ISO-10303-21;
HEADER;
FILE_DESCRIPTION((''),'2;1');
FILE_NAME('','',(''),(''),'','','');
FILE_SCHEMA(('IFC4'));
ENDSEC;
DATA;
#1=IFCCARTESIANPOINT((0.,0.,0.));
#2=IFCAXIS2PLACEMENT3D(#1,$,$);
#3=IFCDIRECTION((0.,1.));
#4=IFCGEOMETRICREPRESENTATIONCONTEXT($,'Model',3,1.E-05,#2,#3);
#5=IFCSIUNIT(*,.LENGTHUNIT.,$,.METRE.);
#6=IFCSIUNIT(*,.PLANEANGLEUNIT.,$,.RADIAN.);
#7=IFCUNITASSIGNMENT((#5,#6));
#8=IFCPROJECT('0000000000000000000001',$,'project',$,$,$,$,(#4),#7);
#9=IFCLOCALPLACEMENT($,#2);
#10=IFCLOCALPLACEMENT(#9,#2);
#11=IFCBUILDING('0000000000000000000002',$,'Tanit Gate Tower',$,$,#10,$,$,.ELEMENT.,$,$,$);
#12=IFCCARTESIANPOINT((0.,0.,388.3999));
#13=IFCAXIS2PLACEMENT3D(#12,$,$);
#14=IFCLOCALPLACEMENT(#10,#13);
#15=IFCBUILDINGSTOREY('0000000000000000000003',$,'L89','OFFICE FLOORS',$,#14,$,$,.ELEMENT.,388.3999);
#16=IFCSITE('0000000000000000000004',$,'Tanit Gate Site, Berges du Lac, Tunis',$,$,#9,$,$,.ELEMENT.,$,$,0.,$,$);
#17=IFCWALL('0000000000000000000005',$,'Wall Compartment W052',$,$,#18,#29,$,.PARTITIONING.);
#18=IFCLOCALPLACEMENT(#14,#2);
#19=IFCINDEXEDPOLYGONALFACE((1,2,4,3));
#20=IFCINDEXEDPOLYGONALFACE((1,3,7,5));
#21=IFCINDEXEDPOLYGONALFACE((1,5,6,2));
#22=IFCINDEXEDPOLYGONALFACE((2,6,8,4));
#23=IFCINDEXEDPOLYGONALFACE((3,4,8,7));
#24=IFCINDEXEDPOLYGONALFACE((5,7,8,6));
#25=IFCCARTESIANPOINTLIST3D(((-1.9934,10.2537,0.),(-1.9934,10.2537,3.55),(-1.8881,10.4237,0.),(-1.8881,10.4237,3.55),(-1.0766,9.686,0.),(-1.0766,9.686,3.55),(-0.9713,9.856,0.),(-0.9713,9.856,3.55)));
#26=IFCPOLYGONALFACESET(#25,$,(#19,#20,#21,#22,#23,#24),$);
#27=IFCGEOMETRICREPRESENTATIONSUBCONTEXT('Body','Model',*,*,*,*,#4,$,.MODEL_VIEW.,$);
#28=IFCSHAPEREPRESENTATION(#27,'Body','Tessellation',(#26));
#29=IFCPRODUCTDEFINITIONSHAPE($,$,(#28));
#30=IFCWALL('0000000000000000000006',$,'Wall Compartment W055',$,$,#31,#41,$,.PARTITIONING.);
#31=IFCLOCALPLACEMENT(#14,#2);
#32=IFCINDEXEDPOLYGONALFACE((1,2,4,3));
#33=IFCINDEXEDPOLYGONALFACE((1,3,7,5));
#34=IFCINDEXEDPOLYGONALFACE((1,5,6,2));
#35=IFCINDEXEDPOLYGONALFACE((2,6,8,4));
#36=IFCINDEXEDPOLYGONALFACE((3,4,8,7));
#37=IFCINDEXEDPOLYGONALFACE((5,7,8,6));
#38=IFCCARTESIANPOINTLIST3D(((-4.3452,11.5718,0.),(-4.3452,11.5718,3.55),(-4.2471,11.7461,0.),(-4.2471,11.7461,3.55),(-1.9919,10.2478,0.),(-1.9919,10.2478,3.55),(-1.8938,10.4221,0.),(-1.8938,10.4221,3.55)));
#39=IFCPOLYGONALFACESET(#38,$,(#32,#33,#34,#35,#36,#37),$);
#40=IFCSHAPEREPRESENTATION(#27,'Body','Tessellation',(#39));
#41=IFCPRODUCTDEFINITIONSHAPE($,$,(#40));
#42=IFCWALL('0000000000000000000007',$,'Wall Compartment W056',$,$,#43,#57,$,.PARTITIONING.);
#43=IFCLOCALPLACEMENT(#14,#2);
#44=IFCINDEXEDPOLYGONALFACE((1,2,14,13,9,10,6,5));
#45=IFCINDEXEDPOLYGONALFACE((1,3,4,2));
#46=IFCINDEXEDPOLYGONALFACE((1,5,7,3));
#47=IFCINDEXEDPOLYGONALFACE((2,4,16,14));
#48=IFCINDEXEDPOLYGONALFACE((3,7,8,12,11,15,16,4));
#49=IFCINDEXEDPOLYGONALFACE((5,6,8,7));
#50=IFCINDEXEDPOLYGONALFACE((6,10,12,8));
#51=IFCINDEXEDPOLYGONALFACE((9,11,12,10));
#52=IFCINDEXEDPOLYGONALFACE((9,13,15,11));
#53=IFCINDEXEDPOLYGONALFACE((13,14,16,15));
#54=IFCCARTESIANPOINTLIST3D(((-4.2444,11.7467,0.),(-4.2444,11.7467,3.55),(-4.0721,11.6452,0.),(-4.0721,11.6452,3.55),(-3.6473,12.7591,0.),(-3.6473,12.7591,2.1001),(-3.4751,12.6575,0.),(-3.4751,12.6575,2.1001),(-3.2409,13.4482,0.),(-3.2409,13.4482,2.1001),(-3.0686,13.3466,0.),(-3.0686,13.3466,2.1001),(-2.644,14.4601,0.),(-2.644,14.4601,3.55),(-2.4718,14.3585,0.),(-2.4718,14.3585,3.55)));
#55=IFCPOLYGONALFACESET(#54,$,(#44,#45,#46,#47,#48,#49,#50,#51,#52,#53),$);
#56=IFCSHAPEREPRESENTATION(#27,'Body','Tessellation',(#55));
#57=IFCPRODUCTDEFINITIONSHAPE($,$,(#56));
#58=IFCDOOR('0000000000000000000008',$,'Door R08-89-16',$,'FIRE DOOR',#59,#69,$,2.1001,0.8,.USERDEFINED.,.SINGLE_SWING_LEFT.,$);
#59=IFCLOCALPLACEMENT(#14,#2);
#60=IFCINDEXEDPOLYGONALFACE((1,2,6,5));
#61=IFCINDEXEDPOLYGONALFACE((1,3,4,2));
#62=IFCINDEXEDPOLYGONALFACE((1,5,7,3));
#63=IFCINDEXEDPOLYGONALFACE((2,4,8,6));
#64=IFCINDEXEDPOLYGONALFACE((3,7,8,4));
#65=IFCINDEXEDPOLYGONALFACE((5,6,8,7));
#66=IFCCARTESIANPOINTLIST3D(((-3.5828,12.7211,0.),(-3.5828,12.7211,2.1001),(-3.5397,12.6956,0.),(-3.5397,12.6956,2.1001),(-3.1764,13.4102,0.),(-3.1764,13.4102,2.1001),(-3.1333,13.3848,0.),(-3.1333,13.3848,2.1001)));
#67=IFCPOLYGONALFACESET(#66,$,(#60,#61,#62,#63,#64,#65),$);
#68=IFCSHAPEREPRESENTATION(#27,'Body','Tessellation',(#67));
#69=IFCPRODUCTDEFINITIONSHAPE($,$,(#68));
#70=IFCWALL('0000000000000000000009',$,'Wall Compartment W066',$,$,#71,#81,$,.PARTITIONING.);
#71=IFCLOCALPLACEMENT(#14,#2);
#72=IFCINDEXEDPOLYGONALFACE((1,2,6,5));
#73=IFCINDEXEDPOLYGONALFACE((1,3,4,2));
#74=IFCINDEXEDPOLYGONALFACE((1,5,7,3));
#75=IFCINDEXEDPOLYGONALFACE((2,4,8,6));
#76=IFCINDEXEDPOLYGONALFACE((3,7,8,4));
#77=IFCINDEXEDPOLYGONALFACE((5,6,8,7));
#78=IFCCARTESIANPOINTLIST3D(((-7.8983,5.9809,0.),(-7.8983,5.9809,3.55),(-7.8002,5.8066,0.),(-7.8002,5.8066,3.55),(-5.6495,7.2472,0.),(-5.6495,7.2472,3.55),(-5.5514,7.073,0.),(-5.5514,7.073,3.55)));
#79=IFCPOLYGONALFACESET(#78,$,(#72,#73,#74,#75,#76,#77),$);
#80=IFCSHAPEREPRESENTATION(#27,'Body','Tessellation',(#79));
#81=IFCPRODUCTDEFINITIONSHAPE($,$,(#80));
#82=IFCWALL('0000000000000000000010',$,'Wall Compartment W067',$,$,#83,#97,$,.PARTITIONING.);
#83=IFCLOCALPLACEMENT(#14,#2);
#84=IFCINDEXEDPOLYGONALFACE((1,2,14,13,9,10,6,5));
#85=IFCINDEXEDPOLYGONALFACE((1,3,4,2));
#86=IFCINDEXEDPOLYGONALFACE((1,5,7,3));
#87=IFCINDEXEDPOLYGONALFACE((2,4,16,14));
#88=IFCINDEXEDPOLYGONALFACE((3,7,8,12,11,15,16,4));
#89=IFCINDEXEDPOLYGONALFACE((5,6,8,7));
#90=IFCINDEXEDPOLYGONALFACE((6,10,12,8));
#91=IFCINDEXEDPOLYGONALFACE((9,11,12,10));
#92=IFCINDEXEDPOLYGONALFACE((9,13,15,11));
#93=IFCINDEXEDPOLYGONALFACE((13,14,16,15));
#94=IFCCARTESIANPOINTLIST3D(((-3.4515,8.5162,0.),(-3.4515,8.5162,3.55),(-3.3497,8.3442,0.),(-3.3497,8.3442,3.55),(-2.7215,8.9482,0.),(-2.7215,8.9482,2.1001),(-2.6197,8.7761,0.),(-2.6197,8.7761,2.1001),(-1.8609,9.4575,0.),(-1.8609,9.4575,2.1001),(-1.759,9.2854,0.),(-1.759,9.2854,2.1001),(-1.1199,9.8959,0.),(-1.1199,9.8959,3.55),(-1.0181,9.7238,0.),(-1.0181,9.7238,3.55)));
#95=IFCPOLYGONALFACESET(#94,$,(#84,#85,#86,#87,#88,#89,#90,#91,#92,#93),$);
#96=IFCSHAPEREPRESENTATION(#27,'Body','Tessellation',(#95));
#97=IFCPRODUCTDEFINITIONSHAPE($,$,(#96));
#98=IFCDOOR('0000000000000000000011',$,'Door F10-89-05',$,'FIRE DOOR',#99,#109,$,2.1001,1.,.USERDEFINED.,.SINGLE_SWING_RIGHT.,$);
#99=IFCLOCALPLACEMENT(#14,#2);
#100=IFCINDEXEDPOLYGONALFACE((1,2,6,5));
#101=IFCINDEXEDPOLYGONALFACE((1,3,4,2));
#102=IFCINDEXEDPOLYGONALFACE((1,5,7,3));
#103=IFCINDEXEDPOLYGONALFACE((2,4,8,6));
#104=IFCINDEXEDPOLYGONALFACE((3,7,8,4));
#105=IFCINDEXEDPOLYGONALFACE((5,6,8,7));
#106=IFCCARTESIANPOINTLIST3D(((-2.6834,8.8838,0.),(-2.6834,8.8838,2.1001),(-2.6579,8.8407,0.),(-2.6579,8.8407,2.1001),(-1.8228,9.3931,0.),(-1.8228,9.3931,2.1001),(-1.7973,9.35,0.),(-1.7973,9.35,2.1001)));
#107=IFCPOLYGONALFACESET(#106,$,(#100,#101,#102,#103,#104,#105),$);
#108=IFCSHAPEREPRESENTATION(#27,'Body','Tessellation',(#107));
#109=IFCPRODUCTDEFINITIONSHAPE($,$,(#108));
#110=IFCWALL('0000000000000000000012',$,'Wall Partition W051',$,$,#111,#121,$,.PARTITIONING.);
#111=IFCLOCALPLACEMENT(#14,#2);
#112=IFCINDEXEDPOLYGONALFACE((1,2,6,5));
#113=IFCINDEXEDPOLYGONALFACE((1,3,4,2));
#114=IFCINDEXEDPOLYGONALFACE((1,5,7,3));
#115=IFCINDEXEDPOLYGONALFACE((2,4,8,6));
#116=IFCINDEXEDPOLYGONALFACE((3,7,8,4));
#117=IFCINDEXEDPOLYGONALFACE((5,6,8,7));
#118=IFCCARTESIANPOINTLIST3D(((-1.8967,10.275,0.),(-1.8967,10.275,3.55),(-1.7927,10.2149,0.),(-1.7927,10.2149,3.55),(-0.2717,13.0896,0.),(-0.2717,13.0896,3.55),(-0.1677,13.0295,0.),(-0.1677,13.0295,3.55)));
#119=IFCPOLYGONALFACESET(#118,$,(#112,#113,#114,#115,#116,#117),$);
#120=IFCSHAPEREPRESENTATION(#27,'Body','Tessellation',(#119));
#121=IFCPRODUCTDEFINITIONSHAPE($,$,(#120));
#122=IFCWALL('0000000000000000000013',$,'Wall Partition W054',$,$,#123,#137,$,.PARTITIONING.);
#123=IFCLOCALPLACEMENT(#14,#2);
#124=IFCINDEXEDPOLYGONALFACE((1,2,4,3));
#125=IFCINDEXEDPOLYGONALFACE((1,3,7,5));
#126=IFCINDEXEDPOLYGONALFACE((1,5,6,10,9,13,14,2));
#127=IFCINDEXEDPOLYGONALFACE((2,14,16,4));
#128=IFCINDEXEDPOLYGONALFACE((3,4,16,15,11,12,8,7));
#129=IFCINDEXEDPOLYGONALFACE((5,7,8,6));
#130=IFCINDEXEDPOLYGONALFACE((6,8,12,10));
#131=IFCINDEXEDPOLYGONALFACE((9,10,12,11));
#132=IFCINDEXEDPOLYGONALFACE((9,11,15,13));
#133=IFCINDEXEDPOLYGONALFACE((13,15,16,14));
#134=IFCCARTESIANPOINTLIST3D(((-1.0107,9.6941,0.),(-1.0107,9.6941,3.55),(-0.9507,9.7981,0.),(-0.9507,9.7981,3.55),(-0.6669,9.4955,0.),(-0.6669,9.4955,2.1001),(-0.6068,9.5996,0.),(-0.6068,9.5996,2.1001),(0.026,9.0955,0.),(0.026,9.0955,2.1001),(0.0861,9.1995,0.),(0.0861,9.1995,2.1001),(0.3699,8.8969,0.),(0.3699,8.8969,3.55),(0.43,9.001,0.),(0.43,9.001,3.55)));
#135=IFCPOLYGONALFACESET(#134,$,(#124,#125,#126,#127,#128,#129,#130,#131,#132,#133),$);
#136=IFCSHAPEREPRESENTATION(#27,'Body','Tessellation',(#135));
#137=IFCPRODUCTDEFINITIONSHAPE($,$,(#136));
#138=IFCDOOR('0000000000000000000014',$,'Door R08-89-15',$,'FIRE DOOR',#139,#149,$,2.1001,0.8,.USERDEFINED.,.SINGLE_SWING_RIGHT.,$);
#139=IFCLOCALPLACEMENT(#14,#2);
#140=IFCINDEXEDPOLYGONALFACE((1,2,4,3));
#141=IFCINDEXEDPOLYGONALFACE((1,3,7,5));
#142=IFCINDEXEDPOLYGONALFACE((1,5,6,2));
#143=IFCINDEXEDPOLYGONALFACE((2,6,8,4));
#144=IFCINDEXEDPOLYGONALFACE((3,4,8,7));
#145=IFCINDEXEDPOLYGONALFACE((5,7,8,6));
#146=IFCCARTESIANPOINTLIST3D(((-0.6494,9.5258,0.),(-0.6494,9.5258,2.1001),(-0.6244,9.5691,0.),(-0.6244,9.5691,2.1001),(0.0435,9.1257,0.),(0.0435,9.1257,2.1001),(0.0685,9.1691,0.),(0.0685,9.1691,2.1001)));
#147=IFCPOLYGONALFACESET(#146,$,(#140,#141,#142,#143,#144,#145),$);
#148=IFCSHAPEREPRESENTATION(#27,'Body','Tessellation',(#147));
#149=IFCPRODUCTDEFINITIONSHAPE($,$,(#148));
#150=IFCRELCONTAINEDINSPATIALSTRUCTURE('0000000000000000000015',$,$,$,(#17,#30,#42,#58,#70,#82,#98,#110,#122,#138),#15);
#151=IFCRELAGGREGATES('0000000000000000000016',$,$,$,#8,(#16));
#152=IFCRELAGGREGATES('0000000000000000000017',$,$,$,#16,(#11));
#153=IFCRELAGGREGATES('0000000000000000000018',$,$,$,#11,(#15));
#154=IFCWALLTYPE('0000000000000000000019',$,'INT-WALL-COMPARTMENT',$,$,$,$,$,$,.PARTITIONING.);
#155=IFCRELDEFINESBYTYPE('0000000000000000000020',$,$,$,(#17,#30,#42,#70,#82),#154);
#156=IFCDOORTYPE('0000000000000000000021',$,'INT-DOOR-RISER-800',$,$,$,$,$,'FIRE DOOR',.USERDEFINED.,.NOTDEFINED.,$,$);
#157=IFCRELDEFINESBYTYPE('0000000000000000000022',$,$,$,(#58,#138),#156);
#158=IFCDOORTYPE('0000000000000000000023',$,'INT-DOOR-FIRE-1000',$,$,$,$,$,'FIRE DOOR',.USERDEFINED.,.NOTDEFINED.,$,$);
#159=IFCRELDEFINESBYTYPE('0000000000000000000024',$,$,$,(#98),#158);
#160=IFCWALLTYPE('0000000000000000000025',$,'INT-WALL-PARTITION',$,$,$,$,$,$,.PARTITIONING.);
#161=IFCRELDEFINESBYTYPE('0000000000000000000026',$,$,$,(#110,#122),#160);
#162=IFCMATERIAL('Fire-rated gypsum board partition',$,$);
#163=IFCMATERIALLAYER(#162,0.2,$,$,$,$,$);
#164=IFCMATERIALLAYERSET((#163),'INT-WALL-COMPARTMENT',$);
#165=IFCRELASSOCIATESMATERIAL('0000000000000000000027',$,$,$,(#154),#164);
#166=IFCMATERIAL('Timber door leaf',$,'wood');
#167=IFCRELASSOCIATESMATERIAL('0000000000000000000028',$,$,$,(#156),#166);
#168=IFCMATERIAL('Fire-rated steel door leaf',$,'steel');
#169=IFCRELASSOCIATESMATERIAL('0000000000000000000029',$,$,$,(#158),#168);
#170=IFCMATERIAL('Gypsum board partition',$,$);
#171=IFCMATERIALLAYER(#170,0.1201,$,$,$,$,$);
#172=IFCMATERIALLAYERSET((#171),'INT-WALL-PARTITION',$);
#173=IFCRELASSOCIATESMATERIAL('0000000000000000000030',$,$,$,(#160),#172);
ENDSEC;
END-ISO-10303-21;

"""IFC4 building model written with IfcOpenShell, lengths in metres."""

from ifc_helpers import new_model, si_unit, direction, frame, frame_2d, origin, place, context, subcontext, project, spatial, rectangle, extrude, material, layer, layer_set, type_object, element, fill, save


model = new_model("IFC4")

# Units and contexts
model_context = context("Model", 3, precision=1e-05, world=origin(), true_north=direction((0.0, 1.0)))
body_context = subcontext(model_context, "Body", "Model", "MODEL_VIEW")
ifc_project = project(units=[si_unit("LENGTHUNIT", "METRE"), si_unit("PLANEANGLEUNIT", "RADIAN")], contexts=[model_context])

# Site, building, storey
site_placement = place(None, origin())
site = spatial("IfcSite", under=ifc_project, at=site_placement, Name="Tanit Gate Site, Berges du Lac, Tunis", CompositionType="ELEMENT", RefElevation=0.0)
building_placement = place(site_placement, origin())
building = spatial("IfcBuilding", under=site, at=building_placement, Name="Tanit Gate Tower", CompositionType="ELEMENT")
storey_placement = place(building_placement, frame((0.0, 0.0, 388.3999)))
storey = spatial("IfcBuildingStorey", under=building, at=storey_placement, Name="L89", Description="OFFICE FLOORS", CompositionType="ELEMENT", Elevation=388.3999)

# Walls
ifc_material_1 = material(Name="Fire-rated gypsum board partition")
ifc_layer_1 = layer(ifc_material_1, 0.2)
ifc_layer_set_1 = layer_set([ifc_layer_1], Name="INT-WALL-COMPARTMENT")
wall_type_1 = type_object("IfcWallType", Name="INT-WALL-COMPARTMENT", PredefinedType="PARTITIONING", material=ifc_layer_set_1)
wall_1_placement = place(storey_placement, frame((-1.9407, 10.3386, 0.0), z_axis=(0.0, 0.0, 1.0), x_axis=(0.850217, -0.526433, 0.0)))
element("IfcWall", 1, at=wall_1_placement, inside=storey, type_object=wall_type_1, Name="Wall Compartment W052", PredefinedType="PARTITIONING", context=body_context, shape_type="SweptSolid", body=[
    extrude(rectangle(XDim=1.0784, YDim=0.2, at=frame_2d((0.5391, 0.0))), origin(), (0.0, 0.0, 1.0), 3.55),
])
wall_2_placement = place(storey_placement, frame((-4.2961, 11.6589, 0.0), z_axis=(0.0, 0.0, 1.0), x_axis=(0.871534, -0.490334, 0.0)))
element("IfcWall", 2, at=wall_2_placement, inside=storey, type_object=wall_type_1, Name="Wall Compartment W055", PredefinedType="PARTITIONING", context=body_context, shape_type="SweptSolid", body=[
    extrude(rectangle(XDim=2.7002, YDim=0.2, at=frame_2d((1.3501, 0.0))), origin(), (0.0, 0.0, 1.0), 3.55),
])

# Wall, opening, door
wall_3_placement = place(storey_placement, frame((-2.5579, 14.4094, 0.0), z_axis=(0.0, 0.0, 1.0), x_axis=(-0.508019, -0.861346, 0.0)))
wall_3 = element("IfcWall", 3, at=wall_3_placement, inside=storey, type_object=wall_type_1, Name="Wall Compartment W056", PredefinedType="PARTITIONING", context=body_context, shape_type="SweptSolid", body=[
    extrude(rectangle(XDim=3.1501, YDim=0.2, at=frame_2d((1.5752, 0.0))), origin(), (0.0, 0.0, 1.0), 3.55),
])
opening_1_placement = place(wall_3_placement, frame((1.175, 0.0, 0.0)))
opening_1 = element("IfcOpeningElement", 4, at=opening_1_placement, cuts=wall_3, PredefinedType="OPENING", context=body_context, shape_type="SweptSolid", body=[
    extrude(rectangle(XDim=0.8, YDim=2.1001, at=frame_2d((0.3999, 1.05))), frame((0.0, 0.1099, 0.0), z_axis=(0.0, -1.0, 0.0), x_axis=(1.0, 0.0, 0.0)), (0.0, 0.0, 1.0), 0.22),
])
ifc_material_2 = material(Name="Timber door leaf", Category="wood")
door_type_1 = type_object("IfcDoorType", Name="INT-DOOR-RISER-800", ElementType="FIRE DOOR", OperationType="NOTDEFINED", PredefinedType="USERDEFINED", material=ifc_material_2)
door_1_placement = place(opening_1_placement, origin())
door_1 = element("IfcDoor", 5, at=door_1_placement, inside=storey, type_object=door_type_1, Name="Door R08-89-16", ObjectType="FIRE DOOR", OperationType="SINGLE_SWING_LEFT", OverallHeight=2.1001, OverallWidth=0.8, PredefinedType="USERDEFINED", context=body_context, shape_type="SweptSolid", body=[
    extrude(rectangle(XDim=0.8, YDim=2.1001, at=frame_2d((0.3999, 1.05))), frame((0.0, 0.0249, 0.0), z_axis=(0.0, -1.0, 0.0), x_axis=(1.0, 0.0, 0.0)), (0.0, 0.0, 1.0), 0.05),
])
fill(opening_1, door_1)

# Wall
wall_4_placement = place(storey_placement, frame((-5.6003, 7.1602, 0.0), z_axis=(0.0, 0.0, 1.0), x_axis=(-0.87134, -0.490679, 0.0)))
element("IfcWall", 6, at=wall_4_placement, inside=storey, type_object=wall_type_1, Name="Wall Compartment W066", PredefinedType="PARTITIONING", context=body_context, shape_type="SweptSolid", body=[
    extrude(rectangle(XDim=2.5808, YDim=0.2, at=frame_2d((1.2905, 0.0))), origin(), (0.0, 0.0, 1.0), 3.55),
])

# Wall, opening, door
wall_5_placement = place(storey_placement, frame((-1.0691, 9.8098, 0.0), z_axis=(0.0, 0.0, 1.0), x_axis=(-0.860618, -0.509251, 0.0)))
wall_5 = element("IfcWall", 7, at=wall_5_placement, inside=storey, type_object=wall_type_1, Name="Wall Compartment W067", PredefinedType="PARTITIONING", context=body_context, shape_type="SweptSolid", body=[
    extrude(rectangle(XDim=2.7092, YDim=0.2, at=frame_2d((1.3545, 0.0))), origin(), (0.0, 0.0, 1.0), 3.55),
])
opening_2_placement = place(wall_5_placement, frame((0.8608, 0.0, 0.0)))
opening_2 = element("IfcOpeningElement", 8, at=opening_2_placement, cuts=wall_5, PredefinedType="OPENING", context=body_context, shape_type="SweptSolid", body=[
    extrude(rectangle(XDim=1.0, YDim=2.1001, at=frame_2d((0.5, 1.05))), frame((0.0, 0.1099, 0.0), z_axis=(0.0, -1.0, 0.0), x_axis=(1.0, 0.0, 0.0)), (0.0, 0.0, 1.0), 0.22),
])
ifc_material_3 = material(Name="Fire-rated steel door leaf", Category="steel")
door_type_2 = type_object("IfcDoorType", Name="INT-DOOR-FIRE-1000", ElementType="FIRE DOOR", OperationType="NOTDEFINED", PredefinedType="USERDEFINED", material=ifc_material_3)
door_2_placement = place(opening_2_placement, origin())
door_2 = element("IfcDoor", 9, at=door_2_placement, inside=storey, type_object=door_type_2, Name="Door F10-89-05", ObjectType="FIRE DOOR", OperationType="SINGLE_SWING_RIGHT", OverallHeight=2.1001, OverallWidth=1.0, PredefinedType="USERDEFINED", context=body_context, shape_type="SweptSolid", body=[
    extrude(rectangle(XDim=1.0, YDim=2.1001, at=frame_2d((0.5, 1.05))), frame((0.0, 0.0249, 0.0), z_axis=(0.0, -1.0, 0.0), x_axis=(1.0, 0.0, 0.0)), (0.0, 0.0, 1.0), 0.05),
])
fill(opening_2, door_2)

# Wall
ifc_material_4 = material(Name="Gypsum board partition")
ifc_layer_2 = layer(ifc_material_4, 0.1201)
ifc_layer_set_2 = layer_set([ifc_layer_2], Name="INT-WALL-PARTITION")
wall_type_2 = type_object("IfcWallType", Name="INT-WALL-PARTITION", PredefinedType="PARTITIONING", material=ifc_layer_set_2)
wall_6_placement = place(storey_placement, frame((-0.2197, 13.0596, 0.0), z_axis=(0.0, 0.0, 1.0), x_axis=(-0.499985, -0.866034, 0.0)))
element("IfcWall", 10, at=wall_6_placement, inside=storey, type_object=wall_type_2, Name="Wall Partition W051", PredefinedType="PARTITIONING", context=body_context, shape_type="SweptSolid", body=[
    extrude(rectangle(XDim=3.25, YDim=0.1201, at=frame_2d((1.625, 0.0))), origin(), (0.0, 0.0, 1.0), 3.55),
])

# Wall, opening, door
wall_7_placement = place(storey_placement, frame((-0.9807, 9.7461, 0.0), z_axis=(0.0, 0.0, 1.0), x_axis=(0.86602, -0.50001, 0.0)))
wall_7 = element("IfcWall", 11, at=wall_7_placement, inside=storey, type_object=wall_type_2, Name="Wall Partition W054", PredefinedType="PARTITIONING", context=body_context, shape_type="SweptSolid", body=[
    extrude(rectangle(XDim=1.5942, YDim=0.1201, at=frame_2d((0.7971, 0.0))), origin(), (0.0, 0.0, 1.0), 3.55),
])
opening_3_placement = place(wall_7_placement, frame((0.3972, 0.0, 0.0)))
opening_3 = element("IfcOpeningElement", 12, at=opening_3_placement, cuts=wall_7, PredefinedType="OPENING", context=body_context, shape_type="SweptSolid", body=[
    extrude(rectangle(XDim=0.8, YDim=2.1001, at=frame_2d((0.3999, 1.05))), frame((0.0, 0.0701, 0.0), z_axis=(0.0, -1.0, 0.0), x_axis=(1.0, 0.0, 0.0)), (0.0, 0.0, 1.0), 0.1401),
])
door_3_placement = place(opening_3_placement, origin())
door_3 = element("IfcDoor", 13, at=door_3_placement, inside=storey, type_object=door_type_1, Name="Door R08-89-15", ObjectType="FIRE DOOR", OperationType="SINGLE_SWING_RIGHT", OverallHeight=2.1001, OverallWidth=0.8, PredefinedType="USERDEFINED", context=body_context, shape_type="SweptSolid", body=[
    extrude(rectangle(XDim=0.8, YDim=2.1001, at=frame_2d((0.3999, 1.05))), frame((0.0, 0.0249, 0.0), z_axis=(0.0, -1.0, 0.0), x_axis=(1.0, 0.0, 0.0)), (0.0, 0.0, 1.0), 0.05),
])
fill(opening_3, door_3)

save(model, "model.ifc")
